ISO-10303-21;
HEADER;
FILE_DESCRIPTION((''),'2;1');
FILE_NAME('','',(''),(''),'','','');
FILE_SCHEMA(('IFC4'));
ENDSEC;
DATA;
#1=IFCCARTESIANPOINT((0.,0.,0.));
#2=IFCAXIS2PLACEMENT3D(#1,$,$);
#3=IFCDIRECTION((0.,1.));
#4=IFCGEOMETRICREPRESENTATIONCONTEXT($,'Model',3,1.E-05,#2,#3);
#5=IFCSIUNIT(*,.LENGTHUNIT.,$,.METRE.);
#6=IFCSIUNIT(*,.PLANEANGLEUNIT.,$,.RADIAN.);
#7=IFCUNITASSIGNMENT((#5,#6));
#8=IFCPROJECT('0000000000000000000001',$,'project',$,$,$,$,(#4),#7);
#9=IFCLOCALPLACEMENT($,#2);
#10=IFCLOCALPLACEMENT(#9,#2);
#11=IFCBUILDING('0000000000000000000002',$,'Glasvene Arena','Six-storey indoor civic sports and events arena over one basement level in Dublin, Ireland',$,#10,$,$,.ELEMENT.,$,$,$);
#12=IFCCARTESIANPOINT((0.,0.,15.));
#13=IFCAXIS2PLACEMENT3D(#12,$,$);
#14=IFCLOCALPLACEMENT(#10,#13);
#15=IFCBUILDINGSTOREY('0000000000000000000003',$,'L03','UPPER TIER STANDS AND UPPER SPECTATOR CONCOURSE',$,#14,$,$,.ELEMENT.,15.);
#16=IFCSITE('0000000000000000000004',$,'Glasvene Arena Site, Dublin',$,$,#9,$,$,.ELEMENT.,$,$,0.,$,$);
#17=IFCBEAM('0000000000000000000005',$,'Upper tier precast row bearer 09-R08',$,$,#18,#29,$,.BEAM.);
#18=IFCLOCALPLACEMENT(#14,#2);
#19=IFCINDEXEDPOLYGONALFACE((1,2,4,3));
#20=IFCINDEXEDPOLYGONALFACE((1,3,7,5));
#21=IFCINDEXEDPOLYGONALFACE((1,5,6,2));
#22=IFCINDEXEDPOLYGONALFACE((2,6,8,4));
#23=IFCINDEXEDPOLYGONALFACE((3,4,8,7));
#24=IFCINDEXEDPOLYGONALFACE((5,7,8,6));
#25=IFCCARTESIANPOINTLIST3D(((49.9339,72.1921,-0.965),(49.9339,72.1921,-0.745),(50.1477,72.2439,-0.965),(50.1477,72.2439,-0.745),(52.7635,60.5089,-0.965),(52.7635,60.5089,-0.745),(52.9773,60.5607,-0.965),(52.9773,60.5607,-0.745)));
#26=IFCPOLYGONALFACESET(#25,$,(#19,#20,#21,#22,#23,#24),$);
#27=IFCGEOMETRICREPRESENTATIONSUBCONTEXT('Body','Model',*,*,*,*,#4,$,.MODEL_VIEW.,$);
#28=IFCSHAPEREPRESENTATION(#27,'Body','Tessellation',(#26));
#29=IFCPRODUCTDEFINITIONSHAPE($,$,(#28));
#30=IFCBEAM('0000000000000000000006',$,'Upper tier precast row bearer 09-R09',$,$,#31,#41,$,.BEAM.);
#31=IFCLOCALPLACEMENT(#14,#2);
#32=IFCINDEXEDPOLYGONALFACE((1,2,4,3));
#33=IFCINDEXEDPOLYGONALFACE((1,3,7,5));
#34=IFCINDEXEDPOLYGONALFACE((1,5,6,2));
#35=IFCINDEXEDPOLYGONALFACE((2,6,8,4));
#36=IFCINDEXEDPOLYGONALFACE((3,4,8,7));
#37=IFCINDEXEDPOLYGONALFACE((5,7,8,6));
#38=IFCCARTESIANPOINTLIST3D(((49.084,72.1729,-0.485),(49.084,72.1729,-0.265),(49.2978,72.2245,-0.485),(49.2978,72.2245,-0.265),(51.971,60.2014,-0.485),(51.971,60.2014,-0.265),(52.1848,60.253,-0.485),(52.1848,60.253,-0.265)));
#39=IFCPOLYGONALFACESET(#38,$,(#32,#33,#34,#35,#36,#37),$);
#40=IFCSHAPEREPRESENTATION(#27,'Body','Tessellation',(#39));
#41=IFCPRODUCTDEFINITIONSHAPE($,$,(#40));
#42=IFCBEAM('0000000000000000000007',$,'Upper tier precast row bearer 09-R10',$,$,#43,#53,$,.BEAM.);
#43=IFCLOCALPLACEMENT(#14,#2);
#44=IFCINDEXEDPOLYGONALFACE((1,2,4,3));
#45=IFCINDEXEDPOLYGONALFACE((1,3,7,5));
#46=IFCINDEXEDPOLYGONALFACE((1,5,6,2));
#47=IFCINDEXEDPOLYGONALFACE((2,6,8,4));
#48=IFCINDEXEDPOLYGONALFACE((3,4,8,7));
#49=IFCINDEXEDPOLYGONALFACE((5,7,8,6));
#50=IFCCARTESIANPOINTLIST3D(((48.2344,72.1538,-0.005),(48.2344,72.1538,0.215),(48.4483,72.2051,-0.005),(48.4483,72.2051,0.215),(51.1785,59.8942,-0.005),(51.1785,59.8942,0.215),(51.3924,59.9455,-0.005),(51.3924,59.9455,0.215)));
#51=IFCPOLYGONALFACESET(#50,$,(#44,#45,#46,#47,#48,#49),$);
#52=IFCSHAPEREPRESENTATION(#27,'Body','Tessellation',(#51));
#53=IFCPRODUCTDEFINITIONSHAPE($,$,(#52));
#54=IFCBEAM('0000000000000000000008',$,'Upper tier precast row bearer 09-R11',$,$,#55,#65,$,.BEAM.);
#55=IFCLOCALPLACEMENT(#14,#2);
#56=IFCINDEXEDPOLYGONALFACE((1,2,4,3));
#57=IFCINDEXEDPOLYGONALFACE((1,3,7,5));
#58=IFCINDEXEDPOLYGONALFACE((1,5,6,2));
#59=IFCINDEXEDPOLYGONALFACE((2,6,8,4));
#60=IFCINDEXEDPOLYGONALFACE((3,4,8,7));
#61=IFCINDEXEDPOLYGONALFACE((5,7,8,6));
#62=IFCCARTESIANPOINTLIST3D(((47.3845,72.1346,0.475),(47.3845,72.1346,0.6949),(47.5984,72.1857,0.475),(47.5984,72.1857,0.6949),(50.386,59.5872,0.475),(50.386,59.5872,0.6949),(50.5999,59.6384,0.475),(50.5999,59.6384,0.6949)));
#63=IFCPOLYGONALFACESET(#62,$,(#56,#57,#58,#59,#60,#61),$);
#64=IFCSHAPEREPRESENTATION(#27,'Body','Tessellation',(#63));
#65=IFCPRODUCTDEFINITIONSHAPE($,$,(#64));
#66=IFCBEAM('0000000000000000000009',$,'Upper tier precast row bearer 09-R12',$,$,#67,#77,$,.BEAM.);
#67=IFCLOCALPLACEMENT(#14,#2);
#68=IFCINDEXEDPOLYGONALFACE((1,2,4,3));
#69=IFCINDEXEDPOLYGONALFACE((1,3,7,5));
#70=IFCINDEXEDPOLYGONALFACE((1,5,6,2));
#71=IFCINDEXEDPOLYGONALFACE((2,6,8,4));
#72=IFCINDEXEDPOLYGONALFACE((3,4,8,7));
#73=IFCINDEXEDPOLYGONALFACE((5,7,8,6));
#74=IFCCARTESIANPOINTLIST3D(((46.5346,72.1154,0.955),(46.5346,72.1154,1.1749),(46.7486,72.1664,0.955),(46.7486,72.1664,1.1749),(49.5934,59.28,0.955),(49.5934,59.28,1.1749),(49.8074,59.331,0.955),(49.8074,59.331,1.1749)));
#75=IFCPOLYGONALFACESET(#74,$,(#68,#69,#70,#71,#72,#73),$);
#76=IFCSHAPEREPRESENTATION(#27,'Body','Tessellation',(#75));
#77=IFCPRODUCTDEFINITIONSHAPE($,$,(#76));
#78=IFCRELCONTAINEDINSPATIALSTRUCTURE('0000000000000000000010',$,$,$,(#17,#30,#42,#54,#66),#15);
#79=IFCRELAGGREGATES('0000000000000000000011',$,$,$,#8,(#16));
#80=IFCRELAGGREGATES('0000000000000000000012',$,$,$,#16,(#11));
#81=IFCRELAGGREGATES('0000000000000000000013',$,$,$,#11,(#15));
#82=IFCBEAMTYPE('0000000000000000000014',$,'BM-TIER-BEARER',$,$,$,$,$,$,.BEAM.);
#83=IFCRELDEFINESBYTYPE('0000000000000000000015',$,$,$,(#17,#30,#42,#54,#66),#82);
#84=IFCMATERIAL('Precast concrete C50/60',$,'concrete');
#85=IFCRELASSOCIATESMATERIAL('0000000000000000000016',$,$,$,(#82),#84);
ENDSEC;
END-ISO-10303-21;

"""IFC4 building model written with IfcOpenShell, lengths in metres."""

from ifc_helpers import new_model, si_unit, direction, frame, origin, origin_2d, place, context, subcontext, project, spatial, rectangle, extrude, material, material_profile, profile_set, type_object, element, save


model = new_model("IFC4")

# Units and contexts
model_context = context("Model", 3, precision=1e-05, world=origin(), true_north=direction((0.0, 1.0)))
body_context = subcontext(model_context, "Body", "Model", "MODEL_VIEW")
ifc_project = project(units=[si_unit("LENGTHUNIT", "METRE"), si_unit("PLANEANGLEUNIT", "RADIAN")], contexts=[model_context])

# Site, building, storey
site_placement = place(None, origin())
site = spatial("IfcSite", under=ifc_project, at=site_placement, Name="Glasvene Arena Site, Dublin", CompositionType="ELEMENT", RefElevation=0.0)
building_placement = place(site_placement, origin())
building = spatial("IfcBuilding", under=site, at=building_placement, Name="Glasvene Arena", Description="Six-storey indoor civic sports and events arena over one basement level in Dublin, Ireland", CompositionType="ELEMENT")
storey_placement = place(building_placement, frame((0.0, 0.0, 15.0)))
storey = spatial("IfcBuildingStorey", under=building, at=storey_placement, Name="L03", Description="UPPER TIER STANDS AND UPPER SPECTATOR CONCOURSE", CompositionType="ELEMENT", Elevation=15.0)

# Beams
ifc_material_1 = material(Name="Precast concrete C50/60", Category="concrete")
ifc_material_profile_1 = material_profile(ifc_material_1, rectangle(XDim=0.22, YDim=0.22, at=origin_2d()), Name="RC 220x220")
ifc_profile_set_1 = profile_set([ifc_material_profile_1], Name="Precast concrete C50/60")
beam_type_1 = type_object("IfcBeamType", Name="BM-TIER-BEARER", PredefinedType="BEAM", material=ifc_profile_set_1)
beam_1_placement = place(storey_placement, frame((50.0408, 72.218, -0.855), z_axis=(0.23539, -0.971901, 0.0), x_axis=(0.971901, 0.23539, 0.0)))
element("IfcBeam", 1, at=beam_1_placement, inside=storey, type_object=beam_type_1, Name="Upper tier precast row bearer 09-R08", PredefinedType="BEAM", context=body_context, shape_type="SweptSolid", body=[
    extrude(rectangle(XDim=0.22, YDim=0.22, at=origin_2d()), origin(), (0.0, 0.0, 1.0), 12.021),
])
beam_2_placement = place(storey_placement, frame((49.1909, 72.1987, -0.375), z_axis=(0.234434, -0.972132, 0.0), x_axis=(0.972132, 0.234434, 0.0)))
element("IfcBeam", 2, at=beam_2_placement, inside=storey, type_object=beam_type_1, Name="Upper tier precast row bearer 09-R09", PredefinedType="BEAM", context=body_context, shape_type="SweptSolid", body=[
    extrude(rectangle(XDim=0.22, YDim=0.22, at=origin_2d()), origin(), (0.0, 0.0, 1.0), 12.3147),
])
beam_3_placement = place(storey_placement, frame((48.3413, 72.1794, 0.105), z_axis=(0.233508, -0.972355, 0.0), x_axis=(0.972355, 0.233508, 0.0)))
element("IfcBeam", 3, at=beam_3_placement, inside=storey, type_object=beam_type_1, Name="Upper tier precast row bearer 09-R10", PredefinedType="BEAM", context=body_context, shape_type="SweptSolid", body=[
    extrude(rectangle(XDim=0.22, YDim=0.22, at=origin_2d()), origin(), (0.0, 0.0, 1.0), 12.6082),
])
beam_4_placement = place(storey_placement, frame((47.4915, 72.1602, 0.585), z_axis=(0.232647, -0.972561, 0.0), x_axis=(0.972561, 0.232647, 0.0)))
element("IfcBeam", 4, at=beam_4_placement, inside=storey, type_object=beam_type_1, Name="Upper tier precast row bearer 09-R11", PredefinedType="BEAM", context=body_context, shape_type="SweptSolid", body=[
    extrude(rectangle(XDim=0.22, YDim=0.22, at=origin_2d()), origin(), (0.0, 0.0, 1.0), 12.9014),
])
beam_5_placement = place(storey_placement, frame((46.6416, 72.1409, 1.0649), z_axis=(0.23182, -0.972759, 0.0), x_axis=(0.972759, 0.23182, 0.0)))
element("IfcBeam", 5, at=beam_5_placement, inside=storey, type_object=beam_type_1, Name="Upper tier precast row bearer 09-R12", PredefinedType="BEAM", context=body_context, shape_type="SweptSolid", body=[
    extrude(rectangle(XDim=0.22, YDim=0.22, at=origin_2d()), origin(), (0.0, 0.0, 1.0), 13.1948),
])

save(model, "model.ifc")
